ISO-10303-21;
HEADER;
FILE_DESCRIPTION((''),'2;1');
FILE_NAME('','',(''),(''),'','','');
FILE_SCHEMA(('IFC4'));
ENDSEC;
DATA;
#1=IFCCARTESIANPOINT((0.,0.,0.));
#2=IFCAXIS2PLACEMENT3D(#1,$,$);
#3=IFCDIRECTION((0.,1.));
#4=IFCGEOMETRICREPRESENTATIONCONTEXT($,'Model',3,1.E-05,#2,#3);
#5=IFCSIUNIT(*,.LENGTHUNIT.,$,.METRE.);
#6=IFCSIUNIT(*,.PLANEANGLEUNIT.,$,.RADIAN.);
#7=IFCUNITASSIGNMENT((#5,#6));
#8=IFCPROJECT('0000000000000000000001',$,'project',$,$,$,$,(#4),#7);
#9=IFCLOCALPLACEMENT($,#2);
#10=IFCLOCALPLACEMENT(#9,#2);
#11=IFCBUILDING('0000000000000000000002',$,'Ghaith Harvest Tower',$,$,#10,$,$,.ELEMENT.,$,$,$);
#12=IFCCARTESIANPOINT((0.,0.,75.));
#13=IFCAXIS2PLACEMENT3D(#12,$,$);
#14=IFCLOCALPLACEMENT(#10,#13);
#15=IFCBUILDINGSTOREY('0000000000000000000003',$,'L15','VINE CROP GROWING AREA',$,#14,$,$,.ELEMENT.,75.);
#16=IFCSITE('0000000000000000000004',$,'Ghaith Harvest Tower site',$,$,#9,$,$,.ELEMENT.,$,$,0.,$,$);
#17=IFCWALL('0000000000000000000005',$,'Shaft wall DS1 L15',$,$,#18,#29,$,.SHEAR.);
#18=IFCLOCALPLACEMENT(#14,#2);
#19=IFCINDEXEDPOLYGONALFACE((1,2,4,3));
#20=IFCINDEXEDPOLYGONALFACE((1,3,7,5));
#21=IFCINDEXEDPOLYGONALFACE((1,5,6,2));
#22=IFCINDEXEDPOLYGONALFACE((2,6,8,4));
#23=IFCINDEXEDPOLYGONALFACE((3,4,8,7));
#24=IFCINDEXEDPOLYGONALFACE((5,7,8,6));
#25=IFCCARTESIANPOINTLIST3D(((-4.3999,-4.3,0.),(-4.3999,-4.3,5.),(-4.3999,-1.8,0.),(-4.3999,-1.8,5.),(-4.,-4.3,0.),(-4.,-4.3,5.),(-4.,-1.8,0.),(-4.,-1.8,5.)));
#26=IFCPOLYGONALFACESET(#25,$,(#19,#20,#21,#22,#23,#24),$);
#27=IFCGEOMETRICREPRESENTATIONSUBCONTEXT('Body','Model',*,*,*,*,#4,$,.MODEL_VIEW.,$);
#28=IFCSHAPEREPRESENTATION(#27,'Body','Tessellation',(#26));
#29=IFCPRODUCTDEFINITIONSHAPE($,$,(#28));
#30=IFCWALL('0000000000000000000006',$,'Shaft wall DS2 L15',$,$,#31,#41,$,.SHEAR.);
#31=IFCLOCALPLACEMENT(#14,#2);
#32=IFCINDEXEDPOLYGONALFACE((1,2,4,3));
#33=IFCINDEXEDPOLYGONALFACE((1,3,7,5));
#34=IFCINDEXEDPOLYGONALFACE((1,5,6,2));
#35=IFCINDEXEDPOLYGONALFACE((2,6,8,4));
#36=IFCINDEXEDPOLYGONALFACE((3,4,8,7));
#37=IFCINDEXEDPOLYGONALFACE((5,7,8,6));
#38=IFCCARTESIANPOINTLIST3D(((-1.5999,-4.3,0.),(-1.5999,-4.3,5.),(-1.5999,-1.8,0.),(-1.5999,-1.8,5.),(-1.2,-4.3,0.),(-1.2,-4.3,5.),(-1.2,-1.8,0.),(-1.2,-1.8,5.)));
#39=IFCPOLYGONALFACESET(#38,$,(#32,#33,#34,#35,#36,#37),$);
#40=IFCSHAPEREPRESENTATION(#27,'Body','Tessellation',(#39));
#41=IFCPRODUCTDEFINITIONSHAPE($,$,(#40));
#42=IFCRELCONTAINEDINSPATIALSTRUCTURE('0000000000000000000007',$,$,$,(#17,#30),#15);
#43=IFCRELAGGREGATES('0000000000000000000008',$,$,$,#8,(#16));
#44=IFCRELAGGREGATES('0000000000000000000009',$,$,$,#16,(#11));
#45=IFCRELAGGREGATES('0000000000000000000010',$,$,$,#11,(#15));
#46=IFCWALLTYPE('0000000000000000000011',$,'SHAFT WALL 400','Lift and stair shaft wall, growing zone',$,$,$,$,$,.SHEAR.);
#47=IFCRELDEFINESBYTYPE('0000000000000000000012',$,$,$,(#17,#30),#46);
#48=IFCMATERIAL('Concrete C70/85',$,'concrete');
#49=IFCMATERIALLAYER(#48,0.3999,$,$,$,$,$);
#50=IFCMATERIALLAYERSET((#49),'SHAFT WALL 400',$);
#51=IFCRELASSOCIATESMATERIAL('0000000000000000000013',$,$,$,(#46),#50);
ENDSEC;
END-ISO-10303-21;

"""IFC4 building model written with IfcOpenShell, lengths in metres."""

from ifc_helpers import new_model, si_unit, direction, frame, frame_2d, origin, place, context, subcontext, project, spatial, rectangle, extrude, material, layer, layer_set, type_object, element, save


model = new_model("IFC4")

# Units and contexts
model_context = context("Model", 3, precision=1e-05, world=origin(), true_north=direction((0.0, 1.0)))
body_context = subcontext(model_context, "Body", "Model", "MODEL_VIEW")
ifc_project = project(units=[si_unit("LENGTHUNIT", "METRE"), si_unit("PLANEANGLEUNIT", "RADIAN")], contexts=[model_context])

# Site, building, storey
site_placement = place(None, origin())
site = spatial("IfcSite", under=ifc_project, at=site_placement, Name="Ghaith Harvest Tower site", CompositionType="ELEMENT", RefElevation=0.0)
building_placement = place(site_placement, origin())
building = spatial("IfcBuilding", under=site, at=building_placement, Name="Ghaith Harvest Tower", CompositionType="ELEMENT")
storey_placement = place(building_placement, frame((0.0, 0.0, 75.0)))
storey = spatial("IfcBuildingStorey", under=building, at=storey_placement, Name="L15", Description="VINE CROP GROWING AREA", CompositionType="ELEMENT", Elevation=75.0)

# Shared definitions
ifc_material_1 = material(Name="Concrete C70/85", Category="concrete")
ifc_layer_1 = layer(ifc_material_1, 0.3999)
ifc_layer_set_1 = layer_set([ifc_layer_1], Name="SHAFT WALL 400")
wall_type_1 = type_object("IfcWallType", Name="SHAFT WALL 400", Description="Lift and stair shaft wall, growing zone", PredefinedType="SHEAR", material=ifc_layer_set_1)

# Walls
for number, where, z_axis, x_axis, name in (
    (1, (-4.2, -4.3, 0.0), (0.0, 0.0, 1.0), (0.0, 1.0, 0.0), "Shaft wall DS1 L15"),
    (2, (-1.3999, -4.3, 0.0), (0.0, 0.0, 1.0), (0.0, 1.0, 0.0), "Shaft wall DS2 L15"),
):
    element("IfcWall", number, at=place(storey_placement, frame(where, z_axis=z_axis, x_axis=x_axis)), inside=storey, type_object=wall_type_1, Name=name, PredefinedType="SHEAR", context=body_context, shape_type="SweptSolid", body=[
        extrude(rectangle(XDim=2.5, YDim=0.3999, at=frame_2d((1.25, 0.0))), origin(), (0.0, 0.0, 1.0), 5.0),
    ])

save(model, "model.ifc")
